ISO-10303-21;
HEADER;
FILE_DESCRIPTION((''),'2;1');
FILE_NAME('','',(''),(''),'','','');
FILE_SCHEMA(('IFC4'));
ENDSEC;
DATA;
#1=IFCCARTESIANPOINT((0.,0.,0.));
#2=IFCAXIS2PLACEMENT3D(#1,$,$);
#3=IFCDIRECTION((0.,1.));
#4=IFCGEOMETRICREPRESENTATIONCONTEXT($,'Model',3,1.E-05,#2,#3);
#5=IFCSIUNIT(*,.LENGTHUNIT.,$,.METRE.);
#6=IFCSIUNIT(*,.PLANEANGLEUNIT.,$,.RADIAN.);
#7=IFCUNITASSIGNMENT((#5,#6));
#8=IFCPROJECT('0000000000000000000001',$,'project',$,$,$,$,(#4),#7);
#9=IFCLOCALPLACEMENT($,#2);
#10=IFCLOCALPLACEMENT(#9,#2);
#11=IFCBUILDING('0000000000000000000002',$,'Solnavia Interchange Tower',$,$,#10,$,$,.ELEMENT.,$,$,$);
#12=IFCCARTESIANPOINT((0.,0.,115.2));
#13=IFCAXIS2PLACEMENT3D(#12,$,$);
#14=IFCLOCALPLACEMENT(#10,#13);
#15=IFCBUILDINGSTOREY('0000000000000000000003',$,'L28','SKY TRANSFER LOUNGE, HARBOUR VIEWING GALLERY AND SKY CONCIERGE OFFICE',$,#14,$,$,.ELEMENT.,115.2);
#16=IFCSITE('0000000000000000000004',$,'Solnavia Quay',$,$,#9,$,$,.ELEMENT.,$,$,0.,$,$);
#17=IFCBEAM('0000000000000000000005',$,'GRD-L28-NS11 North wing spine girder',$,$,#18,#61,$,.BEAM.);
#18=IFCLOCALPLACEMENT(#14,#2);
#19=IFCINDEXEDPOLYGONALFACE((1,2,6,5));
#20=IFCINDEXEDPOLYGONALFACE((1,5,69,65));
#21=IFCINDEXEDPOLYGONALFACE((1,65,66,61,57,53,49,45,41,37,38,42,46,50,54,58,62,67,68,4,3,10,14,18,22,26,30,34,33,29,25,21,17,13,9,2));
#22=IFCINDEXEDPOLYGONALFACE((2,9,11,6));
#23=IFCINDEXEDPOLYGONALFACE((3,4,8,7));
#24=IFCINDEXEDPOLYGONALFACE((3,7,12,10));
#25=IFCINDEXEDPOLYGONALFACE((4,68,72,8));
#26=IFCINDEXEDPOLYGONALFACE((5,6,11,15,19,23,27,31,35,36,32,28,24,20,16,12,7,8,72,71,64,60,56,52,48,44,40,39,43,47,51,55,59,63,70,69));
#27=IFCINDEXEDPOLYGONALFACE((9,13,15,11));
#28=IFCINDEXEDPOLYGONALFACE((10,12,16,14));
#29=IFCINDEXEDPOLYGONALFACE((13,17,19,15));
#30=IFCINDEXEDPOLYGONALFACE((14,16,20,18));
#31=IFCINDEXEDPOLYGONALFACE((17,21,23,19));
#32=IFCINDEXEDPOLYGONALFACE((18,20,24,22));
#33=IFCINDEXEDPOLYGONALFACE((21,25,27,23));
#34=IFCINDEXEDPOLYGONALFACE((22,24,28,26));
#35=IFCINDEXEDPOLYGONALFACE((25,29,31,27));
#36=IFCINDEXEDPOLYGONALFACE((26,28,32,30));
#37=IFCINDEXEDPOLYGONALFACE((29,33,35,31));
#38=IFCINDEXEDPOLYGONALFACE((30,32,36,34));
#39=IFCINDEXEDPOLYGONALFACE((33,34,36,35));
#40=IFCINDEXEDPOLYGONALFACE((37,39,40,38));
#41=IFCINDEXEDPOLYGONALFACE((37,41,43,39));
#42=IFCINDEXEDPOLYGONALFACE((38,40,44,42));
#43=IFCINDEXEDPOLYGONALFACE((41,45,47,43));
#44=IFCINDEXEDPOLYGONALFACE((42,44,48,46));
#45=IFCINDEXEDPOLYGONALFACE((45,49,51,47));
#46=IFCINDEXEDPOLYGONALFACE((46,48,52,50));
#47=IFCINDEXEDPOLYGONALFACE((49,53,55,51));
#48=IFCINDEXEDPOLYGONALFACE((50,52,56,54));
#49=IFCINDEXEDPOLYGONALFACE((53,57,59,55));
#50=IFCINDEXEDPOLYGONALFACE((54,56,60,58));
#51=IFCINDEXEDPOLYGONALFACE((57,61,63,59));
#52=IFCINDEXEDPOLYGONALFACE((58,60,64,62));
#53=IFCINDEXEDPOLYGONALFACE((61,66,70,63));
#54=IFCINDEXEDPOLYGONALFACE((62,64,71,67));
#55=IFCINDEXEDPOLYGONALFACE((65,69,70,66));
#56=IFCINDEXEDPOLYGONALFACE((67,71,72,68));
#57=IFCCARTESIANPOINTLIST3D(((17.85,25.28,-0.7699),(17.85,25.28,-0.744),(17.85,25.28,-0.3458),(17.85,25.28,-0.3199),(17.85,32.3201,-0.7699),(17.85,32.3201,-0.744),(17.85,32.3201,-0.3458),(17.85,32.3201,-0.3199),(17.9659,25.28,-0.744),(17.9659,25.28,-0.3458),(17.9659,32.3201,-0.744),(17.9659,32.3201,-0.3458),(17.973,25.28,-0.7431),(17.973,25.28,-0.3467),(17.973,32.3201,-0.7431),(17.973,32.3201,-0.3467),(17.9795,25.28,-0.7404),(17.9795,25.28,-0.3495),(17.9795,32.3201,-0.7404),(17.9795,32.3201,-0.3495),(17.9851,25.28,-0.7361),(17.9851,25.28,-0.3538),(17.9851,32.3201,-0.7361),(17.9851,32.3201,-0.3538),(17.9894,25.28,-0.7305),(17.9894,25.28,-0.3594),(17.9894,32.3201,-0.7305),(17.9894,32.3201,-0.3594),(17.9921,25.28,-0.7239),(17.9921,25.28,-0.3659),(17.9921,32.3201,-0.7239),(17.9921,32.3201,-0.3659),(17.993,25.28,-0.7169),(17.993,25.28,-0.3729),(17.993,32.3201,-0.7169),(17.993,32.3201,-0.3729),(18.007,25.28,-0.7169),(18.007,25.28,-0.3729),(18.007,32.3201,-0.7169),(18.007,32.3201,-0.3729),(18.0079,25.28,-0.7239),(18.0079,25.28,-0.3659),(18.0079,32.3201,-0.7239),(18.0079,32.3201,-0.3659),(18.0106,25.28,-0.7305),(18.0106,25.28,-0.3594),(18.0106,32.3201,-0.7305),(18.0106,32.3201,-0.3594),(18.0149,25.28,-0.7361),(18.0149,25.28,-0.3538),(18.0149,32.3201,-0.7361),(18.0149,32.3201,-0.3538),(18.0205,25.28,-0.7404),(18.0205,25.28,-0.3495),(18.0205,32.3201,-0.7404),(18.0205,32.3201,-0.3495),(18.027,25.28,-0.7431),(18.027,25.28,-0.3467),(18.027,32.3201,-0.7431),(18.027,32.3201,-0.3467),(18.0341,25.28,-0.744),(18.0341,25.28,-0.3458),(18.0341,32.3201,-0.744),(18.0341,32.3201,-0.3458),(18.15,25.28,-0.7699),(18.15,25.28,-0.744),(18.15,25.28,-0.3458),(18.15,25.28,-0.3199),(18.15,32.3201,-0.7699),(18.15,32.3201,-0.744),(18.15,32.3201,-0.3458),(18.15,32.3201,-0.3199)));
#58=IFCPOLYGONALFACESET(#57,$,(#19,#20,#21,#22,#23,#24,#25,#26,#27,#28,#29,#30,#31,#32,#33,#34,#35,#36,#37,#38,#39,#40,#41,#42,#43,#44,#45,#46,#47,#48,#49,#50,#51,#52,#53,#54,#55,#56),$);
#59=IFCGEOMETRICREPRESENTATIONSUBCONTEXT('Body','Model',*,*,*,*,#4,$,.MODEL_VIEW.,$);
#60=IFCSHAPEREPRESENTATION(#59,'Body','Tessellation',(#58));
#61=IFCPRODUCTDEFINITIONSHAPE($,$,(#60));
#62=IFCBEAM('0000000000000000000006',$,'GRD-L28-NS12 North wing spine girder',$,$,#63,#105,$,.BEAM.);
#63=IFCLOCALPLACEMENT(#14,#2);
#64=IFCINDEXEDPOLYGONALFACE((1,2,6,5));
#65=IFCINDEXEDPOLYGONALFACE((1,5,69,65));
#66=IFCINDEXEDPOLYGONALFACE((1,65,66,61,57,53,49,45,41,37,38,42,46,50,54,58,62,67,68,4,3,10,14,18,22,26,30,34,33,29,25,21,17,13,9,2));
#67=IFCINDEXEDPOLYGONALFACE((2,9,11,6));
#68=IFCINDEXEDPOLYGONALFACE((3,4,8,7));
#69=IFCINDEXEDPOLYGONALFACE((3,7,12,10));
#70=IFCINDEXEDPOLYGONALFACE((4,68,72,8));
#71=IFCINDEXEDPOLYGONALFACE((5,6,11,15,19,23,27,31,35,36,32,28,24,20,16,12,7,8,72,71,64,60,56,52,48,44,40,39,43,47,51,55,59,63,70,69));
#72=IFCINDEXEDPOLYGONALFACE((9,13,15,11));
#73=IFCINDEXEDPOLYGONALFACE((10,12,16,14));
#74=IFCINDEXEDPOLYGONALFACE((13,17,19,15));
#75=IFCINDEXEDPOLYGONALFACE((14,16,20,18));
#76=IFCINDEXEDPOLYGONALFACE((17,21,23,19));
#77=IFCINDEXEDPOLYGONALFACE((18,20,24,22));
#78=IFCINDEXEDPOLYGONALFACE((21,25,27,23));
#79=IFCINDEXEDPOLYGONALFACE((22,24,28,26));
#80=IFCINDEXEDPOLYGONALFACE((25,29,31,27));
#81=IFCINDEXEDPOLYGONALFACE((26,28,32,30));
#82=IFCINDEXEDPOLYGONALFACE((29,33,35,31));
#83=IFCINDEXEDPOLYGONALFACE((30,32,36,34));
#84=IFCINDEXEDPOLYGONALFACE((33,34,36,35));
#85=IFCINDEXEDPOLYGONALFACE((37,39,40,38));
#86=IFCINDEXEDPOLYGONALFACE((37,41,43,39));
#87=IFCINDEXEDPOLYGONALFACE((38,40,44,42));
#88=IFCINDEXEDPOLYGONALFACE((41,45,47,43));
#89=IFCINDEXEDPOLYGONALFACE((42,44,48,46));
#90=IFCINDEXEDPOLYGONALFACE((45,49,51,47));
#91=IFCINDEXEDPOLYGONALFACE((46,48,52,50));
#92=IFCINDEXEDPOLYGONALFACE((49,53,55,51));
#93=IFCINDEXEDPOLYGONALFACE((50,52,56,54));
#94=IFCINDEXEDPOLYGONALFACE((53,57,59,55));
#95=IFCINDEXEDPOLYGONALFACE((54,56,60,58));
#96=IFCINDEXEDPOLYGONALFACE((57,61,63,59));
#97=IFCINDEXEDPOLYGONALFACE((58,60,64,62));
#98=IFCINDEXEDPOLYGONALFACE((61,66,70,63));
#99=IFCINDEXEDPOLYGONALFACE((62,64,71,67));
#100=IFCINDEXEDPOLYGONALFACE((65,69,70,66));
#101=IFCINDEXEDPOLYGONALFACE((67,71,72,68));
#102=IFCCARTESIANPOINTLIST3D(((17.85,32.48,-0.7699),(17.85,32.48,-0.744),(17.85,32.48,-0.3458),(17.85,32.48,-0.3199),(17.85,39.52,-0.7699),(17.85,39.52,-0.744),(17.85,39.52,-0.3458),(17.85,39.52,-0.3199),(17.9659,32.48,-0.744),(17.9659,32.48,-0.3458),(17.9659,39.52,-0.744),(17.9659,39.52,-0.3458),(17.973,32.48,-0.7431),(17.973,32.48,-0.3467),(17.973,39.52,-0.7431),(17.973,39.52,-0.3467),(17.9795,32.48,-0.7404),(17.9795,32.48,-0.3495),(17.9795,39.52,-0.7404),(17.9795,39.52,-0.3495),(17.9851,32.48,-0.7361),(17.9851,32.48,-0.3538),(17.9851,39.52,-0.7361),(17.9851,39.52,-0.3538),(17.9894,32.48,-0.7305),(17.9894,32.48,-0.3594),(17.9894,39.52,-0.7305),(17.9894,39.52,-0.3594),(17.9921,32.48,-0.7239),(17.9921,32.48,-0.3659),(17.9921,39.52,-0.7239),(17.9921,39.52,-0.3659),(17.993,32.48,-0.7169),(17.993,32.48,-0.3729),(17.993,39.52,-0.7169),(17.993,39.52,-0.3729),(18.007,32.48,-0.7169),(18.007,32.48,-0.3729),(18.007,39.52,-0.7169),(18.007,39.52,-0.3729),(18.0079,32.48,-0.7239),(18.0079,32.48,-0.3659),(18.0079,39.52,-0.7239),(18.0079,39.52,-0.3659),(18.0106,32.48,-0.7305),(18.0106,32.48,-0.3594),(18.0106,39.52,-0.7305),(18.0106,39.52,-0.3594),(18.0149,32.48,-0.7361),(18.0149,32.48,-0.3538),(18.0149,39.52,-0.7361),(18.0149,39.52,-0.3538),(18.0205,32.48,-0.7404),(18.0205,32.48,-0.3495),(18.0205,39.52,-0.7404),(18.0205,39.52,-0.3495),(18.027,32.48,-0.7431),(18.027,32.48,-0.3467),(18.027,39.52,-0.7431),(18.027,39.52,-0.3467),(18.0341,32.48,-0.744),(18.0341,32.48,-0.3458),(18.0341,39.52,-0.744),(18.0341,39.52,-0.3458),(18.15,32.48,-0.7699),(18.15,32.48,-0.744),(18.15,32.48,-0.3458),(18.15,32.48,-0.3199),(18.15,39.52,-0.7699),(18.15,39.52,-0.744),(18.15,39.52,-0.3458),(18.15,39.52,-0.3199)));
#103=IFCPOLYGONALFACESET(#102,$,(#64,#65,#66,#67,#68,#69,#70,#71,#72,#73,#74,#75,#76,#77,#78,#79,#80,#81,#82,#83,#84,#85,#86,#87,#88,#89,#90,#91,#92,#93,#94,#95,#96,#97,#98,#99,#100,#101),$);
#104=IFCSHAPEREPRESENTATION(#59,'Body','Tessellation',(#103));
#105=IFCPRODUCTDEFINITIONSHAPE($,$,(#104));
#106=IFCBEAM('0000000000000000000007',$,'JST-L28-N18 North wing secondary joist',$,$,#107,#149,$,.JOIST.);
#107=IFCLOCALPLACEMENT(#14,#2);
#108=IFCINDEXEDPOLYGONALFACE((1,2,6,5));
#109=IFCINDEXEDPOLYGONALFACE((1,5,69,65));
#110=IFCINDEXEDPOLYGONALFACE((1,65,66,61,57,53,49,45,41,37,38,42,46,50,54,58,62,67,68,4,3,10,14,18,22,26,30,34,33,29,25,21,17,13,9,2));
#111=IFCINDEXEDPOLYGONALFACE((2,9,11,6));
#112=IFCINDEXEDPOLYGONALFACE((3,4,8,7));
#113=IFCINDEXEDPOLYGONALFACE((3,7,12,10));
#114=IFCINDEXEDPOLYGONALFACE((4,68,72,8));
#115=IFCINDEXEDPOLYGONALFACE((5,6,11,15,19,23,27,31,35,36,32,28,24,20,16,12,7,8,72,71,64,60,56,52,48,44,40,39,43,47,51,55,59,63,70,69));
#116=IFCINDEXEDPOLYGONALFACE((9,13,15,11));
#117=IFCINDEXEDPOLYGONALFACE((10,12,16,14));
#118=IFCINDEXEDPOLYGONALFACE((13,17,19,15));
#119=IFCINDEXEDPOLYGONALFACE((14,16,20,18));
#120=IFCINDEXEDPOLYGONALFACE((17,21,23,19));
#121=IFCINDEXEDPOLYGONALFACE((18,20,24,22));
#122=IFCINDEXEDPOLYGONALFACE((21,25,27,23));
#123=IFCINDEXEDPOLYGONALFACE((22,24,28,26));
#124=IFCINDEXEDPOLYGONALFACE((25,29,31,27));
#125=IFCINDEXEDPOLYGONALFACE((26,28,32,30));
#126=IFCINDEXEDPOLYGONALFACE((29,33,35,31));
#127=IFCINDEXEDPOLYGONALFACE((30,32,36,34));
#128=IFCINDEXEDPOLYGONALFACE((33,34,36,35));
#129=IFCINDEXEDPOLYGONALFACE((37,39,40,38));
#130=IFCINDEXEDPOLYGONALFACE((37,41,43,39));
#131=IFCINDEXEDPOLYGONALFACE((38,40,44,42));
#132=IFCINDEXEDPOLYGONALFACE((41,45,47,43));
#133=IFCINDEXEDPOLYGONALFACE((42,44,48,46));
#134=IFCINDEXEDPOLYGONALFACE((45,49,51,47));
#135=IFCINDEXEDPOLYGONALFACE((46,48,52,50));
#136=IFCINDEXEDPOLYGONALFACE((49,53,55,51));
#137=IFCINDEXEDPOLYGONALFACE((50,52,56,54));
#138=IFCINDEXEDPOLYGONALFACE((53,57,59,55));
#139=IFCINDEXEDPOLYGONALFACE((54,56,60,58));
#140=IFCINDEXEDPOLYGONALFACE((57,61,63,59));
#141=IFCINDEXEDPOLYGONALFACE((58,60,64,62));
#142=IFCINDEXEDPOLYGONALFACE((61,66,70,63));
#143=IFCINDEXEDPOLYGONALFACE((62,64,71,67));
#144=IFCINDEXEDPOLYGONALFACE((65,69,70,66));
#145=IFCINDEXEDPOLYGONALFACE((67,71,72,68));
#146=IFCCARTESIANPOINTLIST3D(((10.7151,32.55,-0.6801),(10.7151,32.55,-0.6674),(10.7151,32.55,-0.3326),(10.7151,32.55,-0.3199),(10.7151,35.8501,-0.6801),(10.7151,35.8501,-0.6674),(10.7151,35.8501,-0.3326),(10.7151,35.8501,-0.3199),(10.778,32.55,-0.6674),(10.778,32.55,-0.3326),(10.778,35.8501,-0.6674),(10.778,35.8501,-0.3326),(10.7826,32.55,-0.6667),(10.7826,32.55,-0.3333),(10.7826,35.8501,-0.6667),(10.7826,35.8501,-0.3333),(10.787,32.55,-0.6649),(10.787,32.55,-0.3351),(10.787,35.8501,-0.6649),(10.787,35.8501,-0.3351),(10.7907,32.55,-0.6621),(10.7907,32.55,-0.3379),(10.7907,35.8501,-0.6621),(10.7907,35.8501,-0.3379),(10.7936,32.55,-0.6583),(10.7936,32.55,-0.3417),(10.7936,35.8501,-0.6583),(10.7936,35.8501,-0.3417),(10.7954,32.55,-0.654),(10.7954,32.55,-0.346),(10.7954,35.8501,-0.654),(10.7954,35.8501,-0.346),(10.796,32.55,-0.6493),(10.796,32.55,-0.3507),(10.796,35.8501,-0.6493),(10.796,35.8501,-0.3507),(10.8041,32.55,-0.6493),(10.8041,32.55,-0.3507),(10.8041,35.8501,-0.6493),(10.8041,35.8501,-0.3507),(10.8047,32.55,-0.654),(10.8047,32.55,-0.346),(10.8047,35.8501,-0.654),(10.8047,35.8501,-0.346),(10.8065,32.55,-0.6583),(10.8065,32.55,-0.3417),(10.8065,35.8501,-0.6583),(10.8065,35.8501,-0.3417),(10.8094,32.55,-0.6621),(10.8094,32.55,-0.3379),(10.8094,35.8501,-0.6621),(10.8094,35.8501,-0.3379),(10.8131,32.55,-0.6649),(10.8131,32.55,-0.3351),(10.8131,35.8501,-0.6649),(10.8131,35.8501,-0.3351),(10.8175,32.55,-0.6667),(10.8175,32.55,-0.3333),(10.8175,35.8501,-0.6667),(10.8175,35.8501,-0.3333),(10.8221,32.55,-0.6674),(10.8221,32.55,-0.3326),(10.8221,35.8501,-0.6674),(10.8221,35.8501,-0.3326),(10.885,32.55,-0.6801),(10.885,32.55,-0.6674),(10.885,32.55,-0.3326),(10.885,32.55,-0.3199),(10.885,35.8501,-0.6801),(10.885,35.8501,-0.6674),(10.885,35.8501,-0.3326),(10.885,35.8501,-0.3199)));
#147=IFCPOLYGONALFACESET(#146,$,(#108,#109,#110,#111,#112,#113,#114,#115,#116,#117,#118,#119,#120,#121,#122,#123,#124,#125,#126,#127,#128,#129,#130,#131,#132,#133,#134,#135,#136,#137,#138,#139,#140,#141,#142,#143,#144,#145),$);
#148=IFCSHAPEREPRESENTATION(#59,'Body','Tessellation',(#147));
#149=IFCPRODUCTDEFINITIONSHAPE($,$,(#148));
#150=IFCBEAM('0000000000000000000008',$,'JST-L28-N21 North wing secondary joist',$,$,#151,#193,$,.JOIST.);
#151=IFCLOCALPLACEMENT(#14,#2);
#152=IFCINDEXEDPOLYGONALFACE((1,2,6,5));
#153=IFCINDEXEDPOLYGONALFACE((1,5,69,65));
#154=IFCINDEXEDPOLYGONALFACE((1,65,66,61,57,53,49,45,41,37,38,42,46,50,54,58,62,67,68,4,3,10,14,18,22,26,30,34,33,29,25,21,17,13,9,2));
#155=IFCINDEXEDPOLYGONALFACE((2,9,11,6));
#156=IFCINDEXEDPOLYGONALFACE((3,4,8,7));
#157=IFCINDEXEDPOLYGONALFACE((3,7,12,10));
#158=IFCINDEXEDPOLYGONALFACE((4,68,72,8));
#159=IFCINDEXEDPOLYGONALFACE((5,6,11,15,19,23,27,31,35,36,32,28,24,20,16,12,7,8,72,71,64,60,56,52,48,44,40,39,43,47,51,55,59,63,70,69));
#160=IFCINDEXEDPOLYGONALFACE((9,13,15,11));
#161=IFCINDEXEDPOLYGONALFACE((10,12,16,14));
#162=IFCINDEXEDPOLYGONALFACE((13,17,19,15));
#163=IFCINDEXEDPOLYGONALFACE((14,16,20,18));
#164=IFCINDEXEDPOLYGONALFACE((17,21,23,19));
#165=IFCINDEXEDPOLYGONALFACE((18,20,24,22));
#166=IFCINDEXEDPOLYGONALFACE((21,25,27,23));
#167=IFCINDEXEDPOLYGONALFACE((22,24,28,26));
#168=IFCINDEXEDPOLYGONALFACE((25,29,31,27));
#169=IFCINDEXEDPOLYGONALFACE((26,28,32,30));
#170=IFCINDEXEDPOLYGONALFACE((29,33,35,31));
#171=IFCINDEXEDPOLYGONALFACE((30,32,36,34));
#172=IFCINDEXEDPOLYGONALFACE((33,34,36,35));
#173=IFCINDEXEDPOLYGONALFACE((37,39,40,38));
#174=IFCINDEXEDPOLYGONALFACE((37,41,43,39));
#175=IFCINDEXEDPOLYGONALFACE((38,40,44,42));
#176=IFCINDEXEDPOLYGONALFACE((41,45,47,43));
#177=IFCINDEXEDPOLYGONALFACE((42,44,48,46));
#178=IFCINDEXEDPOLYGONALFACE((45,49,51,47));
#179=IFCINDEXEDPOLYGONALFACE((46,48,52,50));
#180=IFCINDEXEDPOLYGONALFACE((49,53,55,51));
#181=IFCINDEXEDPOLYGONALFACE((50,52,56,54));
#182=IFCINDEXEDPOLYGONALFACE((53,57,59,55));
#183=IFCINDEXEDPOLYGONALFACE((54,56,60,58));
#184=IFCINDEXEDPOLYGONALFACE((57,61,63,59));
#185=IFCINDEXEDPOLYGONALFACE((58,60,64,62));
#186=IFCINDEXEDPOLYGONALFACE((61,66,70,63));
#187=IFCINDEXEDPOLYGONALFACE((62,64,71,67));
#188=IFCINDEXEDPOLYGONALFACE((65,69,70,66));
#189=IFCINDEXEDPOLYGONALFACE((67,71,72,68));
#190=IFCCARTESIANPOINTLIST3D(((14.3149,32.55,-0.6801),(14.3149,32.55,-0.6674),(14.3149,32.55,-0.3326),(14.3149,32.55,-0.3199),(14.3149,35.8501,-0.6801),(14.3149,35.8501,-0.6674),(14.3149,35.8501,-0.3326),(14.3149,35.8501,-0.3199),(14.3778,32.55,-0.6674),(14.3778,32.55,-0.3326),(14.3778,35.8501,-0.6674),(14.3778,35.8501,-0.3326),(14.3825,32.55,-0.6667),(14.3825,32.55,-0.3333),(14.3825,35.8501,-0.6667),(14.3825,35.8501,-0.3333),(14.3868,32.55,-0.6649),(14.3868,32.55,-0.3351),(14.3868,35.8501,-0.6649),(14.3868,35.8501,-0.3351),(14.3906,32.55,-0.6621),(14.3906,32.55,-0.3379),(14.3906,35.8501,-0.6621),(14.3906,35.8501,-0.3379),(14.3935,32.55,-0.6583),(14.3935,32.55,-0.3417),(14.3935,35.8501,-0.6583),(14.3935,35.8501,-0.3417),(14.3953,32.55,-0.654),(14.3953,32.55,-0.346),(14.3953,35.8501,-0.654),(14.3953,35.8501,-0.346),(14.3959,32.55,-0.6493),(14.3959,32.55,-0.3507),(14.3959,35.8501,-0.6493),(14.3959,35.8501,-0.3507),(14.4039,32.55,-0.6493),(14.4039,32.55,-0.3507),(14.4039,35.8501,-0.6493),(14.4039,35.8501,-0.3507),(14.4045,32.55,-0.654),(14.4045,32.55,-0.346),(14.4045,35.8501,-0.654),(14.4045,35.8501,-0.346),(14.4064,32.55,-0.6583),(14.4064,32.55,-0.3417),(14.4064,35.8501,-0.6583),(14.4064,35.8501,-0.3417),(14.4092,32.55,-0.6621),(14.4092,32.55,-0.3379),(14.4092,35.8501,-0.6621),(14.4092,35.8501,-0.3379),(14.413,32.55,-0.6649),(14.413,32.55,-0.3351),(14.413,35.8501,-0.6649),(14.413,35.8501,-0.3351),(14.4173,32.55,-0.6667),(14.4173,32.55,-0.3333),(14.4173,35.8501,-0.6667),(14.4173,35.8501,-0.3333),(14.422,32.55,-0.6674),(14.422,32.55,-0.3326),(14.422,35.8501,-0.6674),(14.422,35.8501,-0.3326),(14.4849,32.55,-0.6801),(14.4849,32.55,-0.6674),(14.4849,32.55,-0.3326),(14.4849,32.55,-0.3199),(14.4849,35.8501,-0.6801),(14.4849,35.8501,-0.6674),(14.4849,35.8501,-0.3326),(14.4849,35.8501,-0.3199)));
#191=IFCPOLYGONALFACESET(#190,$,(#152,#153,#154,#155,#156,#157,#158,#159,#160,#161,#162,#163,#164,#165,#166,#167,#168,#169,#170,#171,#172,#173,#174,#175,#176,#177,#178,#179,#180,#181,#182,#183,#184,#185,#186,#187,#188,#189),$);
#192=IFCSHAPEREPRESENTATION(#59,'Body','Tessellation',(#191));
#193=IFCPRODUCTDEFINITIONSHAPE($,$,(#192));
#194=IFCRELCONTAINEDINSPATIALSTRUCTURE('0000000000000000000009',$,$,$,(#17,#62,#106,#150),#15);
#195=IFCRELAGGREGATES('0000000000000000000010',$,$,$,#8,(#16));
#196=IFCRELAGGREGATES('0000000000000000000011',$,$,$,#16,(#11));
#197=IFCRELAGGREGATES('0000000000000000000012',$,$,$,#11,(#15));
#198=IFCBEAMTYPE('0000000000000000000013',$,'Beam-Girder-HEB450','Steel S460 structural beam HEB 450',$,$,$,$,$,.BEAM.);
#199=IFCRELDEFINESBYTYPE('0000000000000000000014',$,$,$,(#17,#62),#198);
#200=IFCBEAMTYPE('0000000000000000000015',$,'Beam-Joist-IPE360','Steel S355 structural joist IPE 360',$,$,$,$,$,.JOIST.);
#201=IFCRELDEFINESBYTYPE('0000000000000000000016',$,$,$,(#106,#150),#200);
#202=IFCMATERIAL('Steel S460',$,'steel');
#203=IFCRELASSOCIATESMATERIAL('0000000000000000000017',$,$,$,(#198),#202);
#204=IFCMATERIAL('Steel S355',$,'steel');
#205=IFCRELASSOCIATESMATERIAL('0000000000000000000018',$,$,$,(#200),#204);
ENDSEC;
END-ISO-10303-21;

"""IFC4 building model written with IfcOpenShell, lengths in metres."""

from ifc_helpers import new_model, si_unit, direction, frame, origin, origin_2d, place, context, subcontext, project, spatial, i_section, extrude, material, material_profile, profile_set, type_object, element, save


model = new_model("IFC4")

# Units and contexts
model_context = context("Model", 3, precision=1e-05, world=origin(), true_north=direction((0.0, 1.0)))
body_context = subcontext(model_context, "Body", "Model", "MODEL_VIEW")
ifc_project = project(units=[si_unit("LENGTHUNIT", "METRE"), si_unit("PLANEANGLEUNIT", "RADIAN")], contexts=[model_context])

# Site, building, storey
site_placement = place(None, origin())
site = spatial("IfcSite", under=ifc_project, at=site_placement, Name="Solnavia Quay", CompositionType="ELEMENT", RefElevation=0.0)
building_placement = place(site_placement, origin())
building = spatial("IfcBuilding", under=site, at=building_placement, Name="Solnavia Interchange Tower", CompositionType="ELEMENT")
storey_placement = place(building_placement, frame((0.0, 0.0, 115.2)))
storey = spatial("IfcBuildingStorey", under=building, at=storey_placement, Name="L28", Description="SKY TRANSFER LOUNGE, HARBOUR VIEWING GALLERY AND SKY CONCIERGE OFFICE", CompositionType="ELEMENT", Elevation=115.2)

# Shared definitions
ifc_material_1 = material(Name="Steel S355", Category="steel")

# Beams
ifc_material_2 = material(Name="Steel S460", Category="steel")
ifc_material_profile_1 = material_profile(ifc_material_2, i_section(OverallWidth=0.3, OverallDepth=0.45, WebThickness=0.0139, FlangeThickness=0.0259, FilletRadius=0.0271, at=origin_2d()), Name="HEB 450")
ifc_profile_set_1 = profile_set([ifc_material_profile_1], Name="Steel S460")
beam_type_1 = type_object("IfcBeamType", Name="Beam-Girder-HEB450", Description="Steel S460 structural beam HEB 450", PredefinedType="BEAM", material=ifc_profile_set_1)
for number, where, z_axis, x_axis, name in (
    (1, (18.0, 25.28, -0.5449), (0.0, 1.0, 0.0), (-1.0, 0.0, 0.0), "GRD-L28-NS11 North wing spine girder"),
    (2, (18.0, 32.48, -0.5449), (0.0, 1.0, 0.0), (-1.0, 0.0, 0.0), "GRD-L28-NS12 North wing spine girder"),
):
    element("IfcBeam", number, at=place(storey_placement, frame(where, z_axis=z_axis, x_axis=x_axis)), inside=storey, type_object=beam_type_1, Name=name, PredefinedType="BEAM", context=body_context, shape_type="SweptSolid", body=[
        extrude(i_section(OverallWidth=0.3, OverallDepth=0.45, WebThickness=0.0139, FlangeThickness=0.0259, FilletRadius=0.0271, at=origin_2d()), origin(), (0.0, 0.0, 1.0), 7.04),
    ])
ifc_material_profile_2 = material_profile(ifc_material_1, i_section(OverallWidth=0.1699, OverallDepth=0.3601, WebThickness=0.0081, FlangeThickness=0.0127, FilletRadius=0.0181, at=origin_2d()), Name="IPE 360")
ifc_profile_set_2 = profile_set([ifc_material_profile_2], Name="Steel S355")
beam_type_2 = type_object("IfcBeamType", Name="Beam-Joist-IPE360", Description="Steel S355 structural joist IPE 360", PredefinedType="JOIST", material=ifc_profile_set_2)
for number, where, z_axis, x_axis, name in (
    (3, (10.8, 32.55, -0.5), (0.0, 1.0, 0.0), (-1.0, 0.0, 0.0), "JST-L28-N18 North wing secondary joist"),
    (4, (14.3999, 32.55, -0.5), (0.0, 1.0, 0.0), (-1.0, 0.0, 0.0), "JST-L28-N21 North wing secondary joist"),
):
    element("IfcBeam", number, at=place(storey_placement, frame(where, z_axis=z_axis, x_axis=x_axis)), inside=storey, type_object=beam_type_2, Name=name, PredefinedType="JOIST", context=body_context, shape_type="SweptSolid", body=[
        extrude(i_section(OverallWidth=0.1699, OverallDepth=0.3601, WebThickness=0.0081, FlangeThickness=0.0127, FilletRadius=0.0181, at=origin_2d()), origin(), (0.0, 0.0, 1.0), 3.3),
    ])

save(model, "model.ifc")
